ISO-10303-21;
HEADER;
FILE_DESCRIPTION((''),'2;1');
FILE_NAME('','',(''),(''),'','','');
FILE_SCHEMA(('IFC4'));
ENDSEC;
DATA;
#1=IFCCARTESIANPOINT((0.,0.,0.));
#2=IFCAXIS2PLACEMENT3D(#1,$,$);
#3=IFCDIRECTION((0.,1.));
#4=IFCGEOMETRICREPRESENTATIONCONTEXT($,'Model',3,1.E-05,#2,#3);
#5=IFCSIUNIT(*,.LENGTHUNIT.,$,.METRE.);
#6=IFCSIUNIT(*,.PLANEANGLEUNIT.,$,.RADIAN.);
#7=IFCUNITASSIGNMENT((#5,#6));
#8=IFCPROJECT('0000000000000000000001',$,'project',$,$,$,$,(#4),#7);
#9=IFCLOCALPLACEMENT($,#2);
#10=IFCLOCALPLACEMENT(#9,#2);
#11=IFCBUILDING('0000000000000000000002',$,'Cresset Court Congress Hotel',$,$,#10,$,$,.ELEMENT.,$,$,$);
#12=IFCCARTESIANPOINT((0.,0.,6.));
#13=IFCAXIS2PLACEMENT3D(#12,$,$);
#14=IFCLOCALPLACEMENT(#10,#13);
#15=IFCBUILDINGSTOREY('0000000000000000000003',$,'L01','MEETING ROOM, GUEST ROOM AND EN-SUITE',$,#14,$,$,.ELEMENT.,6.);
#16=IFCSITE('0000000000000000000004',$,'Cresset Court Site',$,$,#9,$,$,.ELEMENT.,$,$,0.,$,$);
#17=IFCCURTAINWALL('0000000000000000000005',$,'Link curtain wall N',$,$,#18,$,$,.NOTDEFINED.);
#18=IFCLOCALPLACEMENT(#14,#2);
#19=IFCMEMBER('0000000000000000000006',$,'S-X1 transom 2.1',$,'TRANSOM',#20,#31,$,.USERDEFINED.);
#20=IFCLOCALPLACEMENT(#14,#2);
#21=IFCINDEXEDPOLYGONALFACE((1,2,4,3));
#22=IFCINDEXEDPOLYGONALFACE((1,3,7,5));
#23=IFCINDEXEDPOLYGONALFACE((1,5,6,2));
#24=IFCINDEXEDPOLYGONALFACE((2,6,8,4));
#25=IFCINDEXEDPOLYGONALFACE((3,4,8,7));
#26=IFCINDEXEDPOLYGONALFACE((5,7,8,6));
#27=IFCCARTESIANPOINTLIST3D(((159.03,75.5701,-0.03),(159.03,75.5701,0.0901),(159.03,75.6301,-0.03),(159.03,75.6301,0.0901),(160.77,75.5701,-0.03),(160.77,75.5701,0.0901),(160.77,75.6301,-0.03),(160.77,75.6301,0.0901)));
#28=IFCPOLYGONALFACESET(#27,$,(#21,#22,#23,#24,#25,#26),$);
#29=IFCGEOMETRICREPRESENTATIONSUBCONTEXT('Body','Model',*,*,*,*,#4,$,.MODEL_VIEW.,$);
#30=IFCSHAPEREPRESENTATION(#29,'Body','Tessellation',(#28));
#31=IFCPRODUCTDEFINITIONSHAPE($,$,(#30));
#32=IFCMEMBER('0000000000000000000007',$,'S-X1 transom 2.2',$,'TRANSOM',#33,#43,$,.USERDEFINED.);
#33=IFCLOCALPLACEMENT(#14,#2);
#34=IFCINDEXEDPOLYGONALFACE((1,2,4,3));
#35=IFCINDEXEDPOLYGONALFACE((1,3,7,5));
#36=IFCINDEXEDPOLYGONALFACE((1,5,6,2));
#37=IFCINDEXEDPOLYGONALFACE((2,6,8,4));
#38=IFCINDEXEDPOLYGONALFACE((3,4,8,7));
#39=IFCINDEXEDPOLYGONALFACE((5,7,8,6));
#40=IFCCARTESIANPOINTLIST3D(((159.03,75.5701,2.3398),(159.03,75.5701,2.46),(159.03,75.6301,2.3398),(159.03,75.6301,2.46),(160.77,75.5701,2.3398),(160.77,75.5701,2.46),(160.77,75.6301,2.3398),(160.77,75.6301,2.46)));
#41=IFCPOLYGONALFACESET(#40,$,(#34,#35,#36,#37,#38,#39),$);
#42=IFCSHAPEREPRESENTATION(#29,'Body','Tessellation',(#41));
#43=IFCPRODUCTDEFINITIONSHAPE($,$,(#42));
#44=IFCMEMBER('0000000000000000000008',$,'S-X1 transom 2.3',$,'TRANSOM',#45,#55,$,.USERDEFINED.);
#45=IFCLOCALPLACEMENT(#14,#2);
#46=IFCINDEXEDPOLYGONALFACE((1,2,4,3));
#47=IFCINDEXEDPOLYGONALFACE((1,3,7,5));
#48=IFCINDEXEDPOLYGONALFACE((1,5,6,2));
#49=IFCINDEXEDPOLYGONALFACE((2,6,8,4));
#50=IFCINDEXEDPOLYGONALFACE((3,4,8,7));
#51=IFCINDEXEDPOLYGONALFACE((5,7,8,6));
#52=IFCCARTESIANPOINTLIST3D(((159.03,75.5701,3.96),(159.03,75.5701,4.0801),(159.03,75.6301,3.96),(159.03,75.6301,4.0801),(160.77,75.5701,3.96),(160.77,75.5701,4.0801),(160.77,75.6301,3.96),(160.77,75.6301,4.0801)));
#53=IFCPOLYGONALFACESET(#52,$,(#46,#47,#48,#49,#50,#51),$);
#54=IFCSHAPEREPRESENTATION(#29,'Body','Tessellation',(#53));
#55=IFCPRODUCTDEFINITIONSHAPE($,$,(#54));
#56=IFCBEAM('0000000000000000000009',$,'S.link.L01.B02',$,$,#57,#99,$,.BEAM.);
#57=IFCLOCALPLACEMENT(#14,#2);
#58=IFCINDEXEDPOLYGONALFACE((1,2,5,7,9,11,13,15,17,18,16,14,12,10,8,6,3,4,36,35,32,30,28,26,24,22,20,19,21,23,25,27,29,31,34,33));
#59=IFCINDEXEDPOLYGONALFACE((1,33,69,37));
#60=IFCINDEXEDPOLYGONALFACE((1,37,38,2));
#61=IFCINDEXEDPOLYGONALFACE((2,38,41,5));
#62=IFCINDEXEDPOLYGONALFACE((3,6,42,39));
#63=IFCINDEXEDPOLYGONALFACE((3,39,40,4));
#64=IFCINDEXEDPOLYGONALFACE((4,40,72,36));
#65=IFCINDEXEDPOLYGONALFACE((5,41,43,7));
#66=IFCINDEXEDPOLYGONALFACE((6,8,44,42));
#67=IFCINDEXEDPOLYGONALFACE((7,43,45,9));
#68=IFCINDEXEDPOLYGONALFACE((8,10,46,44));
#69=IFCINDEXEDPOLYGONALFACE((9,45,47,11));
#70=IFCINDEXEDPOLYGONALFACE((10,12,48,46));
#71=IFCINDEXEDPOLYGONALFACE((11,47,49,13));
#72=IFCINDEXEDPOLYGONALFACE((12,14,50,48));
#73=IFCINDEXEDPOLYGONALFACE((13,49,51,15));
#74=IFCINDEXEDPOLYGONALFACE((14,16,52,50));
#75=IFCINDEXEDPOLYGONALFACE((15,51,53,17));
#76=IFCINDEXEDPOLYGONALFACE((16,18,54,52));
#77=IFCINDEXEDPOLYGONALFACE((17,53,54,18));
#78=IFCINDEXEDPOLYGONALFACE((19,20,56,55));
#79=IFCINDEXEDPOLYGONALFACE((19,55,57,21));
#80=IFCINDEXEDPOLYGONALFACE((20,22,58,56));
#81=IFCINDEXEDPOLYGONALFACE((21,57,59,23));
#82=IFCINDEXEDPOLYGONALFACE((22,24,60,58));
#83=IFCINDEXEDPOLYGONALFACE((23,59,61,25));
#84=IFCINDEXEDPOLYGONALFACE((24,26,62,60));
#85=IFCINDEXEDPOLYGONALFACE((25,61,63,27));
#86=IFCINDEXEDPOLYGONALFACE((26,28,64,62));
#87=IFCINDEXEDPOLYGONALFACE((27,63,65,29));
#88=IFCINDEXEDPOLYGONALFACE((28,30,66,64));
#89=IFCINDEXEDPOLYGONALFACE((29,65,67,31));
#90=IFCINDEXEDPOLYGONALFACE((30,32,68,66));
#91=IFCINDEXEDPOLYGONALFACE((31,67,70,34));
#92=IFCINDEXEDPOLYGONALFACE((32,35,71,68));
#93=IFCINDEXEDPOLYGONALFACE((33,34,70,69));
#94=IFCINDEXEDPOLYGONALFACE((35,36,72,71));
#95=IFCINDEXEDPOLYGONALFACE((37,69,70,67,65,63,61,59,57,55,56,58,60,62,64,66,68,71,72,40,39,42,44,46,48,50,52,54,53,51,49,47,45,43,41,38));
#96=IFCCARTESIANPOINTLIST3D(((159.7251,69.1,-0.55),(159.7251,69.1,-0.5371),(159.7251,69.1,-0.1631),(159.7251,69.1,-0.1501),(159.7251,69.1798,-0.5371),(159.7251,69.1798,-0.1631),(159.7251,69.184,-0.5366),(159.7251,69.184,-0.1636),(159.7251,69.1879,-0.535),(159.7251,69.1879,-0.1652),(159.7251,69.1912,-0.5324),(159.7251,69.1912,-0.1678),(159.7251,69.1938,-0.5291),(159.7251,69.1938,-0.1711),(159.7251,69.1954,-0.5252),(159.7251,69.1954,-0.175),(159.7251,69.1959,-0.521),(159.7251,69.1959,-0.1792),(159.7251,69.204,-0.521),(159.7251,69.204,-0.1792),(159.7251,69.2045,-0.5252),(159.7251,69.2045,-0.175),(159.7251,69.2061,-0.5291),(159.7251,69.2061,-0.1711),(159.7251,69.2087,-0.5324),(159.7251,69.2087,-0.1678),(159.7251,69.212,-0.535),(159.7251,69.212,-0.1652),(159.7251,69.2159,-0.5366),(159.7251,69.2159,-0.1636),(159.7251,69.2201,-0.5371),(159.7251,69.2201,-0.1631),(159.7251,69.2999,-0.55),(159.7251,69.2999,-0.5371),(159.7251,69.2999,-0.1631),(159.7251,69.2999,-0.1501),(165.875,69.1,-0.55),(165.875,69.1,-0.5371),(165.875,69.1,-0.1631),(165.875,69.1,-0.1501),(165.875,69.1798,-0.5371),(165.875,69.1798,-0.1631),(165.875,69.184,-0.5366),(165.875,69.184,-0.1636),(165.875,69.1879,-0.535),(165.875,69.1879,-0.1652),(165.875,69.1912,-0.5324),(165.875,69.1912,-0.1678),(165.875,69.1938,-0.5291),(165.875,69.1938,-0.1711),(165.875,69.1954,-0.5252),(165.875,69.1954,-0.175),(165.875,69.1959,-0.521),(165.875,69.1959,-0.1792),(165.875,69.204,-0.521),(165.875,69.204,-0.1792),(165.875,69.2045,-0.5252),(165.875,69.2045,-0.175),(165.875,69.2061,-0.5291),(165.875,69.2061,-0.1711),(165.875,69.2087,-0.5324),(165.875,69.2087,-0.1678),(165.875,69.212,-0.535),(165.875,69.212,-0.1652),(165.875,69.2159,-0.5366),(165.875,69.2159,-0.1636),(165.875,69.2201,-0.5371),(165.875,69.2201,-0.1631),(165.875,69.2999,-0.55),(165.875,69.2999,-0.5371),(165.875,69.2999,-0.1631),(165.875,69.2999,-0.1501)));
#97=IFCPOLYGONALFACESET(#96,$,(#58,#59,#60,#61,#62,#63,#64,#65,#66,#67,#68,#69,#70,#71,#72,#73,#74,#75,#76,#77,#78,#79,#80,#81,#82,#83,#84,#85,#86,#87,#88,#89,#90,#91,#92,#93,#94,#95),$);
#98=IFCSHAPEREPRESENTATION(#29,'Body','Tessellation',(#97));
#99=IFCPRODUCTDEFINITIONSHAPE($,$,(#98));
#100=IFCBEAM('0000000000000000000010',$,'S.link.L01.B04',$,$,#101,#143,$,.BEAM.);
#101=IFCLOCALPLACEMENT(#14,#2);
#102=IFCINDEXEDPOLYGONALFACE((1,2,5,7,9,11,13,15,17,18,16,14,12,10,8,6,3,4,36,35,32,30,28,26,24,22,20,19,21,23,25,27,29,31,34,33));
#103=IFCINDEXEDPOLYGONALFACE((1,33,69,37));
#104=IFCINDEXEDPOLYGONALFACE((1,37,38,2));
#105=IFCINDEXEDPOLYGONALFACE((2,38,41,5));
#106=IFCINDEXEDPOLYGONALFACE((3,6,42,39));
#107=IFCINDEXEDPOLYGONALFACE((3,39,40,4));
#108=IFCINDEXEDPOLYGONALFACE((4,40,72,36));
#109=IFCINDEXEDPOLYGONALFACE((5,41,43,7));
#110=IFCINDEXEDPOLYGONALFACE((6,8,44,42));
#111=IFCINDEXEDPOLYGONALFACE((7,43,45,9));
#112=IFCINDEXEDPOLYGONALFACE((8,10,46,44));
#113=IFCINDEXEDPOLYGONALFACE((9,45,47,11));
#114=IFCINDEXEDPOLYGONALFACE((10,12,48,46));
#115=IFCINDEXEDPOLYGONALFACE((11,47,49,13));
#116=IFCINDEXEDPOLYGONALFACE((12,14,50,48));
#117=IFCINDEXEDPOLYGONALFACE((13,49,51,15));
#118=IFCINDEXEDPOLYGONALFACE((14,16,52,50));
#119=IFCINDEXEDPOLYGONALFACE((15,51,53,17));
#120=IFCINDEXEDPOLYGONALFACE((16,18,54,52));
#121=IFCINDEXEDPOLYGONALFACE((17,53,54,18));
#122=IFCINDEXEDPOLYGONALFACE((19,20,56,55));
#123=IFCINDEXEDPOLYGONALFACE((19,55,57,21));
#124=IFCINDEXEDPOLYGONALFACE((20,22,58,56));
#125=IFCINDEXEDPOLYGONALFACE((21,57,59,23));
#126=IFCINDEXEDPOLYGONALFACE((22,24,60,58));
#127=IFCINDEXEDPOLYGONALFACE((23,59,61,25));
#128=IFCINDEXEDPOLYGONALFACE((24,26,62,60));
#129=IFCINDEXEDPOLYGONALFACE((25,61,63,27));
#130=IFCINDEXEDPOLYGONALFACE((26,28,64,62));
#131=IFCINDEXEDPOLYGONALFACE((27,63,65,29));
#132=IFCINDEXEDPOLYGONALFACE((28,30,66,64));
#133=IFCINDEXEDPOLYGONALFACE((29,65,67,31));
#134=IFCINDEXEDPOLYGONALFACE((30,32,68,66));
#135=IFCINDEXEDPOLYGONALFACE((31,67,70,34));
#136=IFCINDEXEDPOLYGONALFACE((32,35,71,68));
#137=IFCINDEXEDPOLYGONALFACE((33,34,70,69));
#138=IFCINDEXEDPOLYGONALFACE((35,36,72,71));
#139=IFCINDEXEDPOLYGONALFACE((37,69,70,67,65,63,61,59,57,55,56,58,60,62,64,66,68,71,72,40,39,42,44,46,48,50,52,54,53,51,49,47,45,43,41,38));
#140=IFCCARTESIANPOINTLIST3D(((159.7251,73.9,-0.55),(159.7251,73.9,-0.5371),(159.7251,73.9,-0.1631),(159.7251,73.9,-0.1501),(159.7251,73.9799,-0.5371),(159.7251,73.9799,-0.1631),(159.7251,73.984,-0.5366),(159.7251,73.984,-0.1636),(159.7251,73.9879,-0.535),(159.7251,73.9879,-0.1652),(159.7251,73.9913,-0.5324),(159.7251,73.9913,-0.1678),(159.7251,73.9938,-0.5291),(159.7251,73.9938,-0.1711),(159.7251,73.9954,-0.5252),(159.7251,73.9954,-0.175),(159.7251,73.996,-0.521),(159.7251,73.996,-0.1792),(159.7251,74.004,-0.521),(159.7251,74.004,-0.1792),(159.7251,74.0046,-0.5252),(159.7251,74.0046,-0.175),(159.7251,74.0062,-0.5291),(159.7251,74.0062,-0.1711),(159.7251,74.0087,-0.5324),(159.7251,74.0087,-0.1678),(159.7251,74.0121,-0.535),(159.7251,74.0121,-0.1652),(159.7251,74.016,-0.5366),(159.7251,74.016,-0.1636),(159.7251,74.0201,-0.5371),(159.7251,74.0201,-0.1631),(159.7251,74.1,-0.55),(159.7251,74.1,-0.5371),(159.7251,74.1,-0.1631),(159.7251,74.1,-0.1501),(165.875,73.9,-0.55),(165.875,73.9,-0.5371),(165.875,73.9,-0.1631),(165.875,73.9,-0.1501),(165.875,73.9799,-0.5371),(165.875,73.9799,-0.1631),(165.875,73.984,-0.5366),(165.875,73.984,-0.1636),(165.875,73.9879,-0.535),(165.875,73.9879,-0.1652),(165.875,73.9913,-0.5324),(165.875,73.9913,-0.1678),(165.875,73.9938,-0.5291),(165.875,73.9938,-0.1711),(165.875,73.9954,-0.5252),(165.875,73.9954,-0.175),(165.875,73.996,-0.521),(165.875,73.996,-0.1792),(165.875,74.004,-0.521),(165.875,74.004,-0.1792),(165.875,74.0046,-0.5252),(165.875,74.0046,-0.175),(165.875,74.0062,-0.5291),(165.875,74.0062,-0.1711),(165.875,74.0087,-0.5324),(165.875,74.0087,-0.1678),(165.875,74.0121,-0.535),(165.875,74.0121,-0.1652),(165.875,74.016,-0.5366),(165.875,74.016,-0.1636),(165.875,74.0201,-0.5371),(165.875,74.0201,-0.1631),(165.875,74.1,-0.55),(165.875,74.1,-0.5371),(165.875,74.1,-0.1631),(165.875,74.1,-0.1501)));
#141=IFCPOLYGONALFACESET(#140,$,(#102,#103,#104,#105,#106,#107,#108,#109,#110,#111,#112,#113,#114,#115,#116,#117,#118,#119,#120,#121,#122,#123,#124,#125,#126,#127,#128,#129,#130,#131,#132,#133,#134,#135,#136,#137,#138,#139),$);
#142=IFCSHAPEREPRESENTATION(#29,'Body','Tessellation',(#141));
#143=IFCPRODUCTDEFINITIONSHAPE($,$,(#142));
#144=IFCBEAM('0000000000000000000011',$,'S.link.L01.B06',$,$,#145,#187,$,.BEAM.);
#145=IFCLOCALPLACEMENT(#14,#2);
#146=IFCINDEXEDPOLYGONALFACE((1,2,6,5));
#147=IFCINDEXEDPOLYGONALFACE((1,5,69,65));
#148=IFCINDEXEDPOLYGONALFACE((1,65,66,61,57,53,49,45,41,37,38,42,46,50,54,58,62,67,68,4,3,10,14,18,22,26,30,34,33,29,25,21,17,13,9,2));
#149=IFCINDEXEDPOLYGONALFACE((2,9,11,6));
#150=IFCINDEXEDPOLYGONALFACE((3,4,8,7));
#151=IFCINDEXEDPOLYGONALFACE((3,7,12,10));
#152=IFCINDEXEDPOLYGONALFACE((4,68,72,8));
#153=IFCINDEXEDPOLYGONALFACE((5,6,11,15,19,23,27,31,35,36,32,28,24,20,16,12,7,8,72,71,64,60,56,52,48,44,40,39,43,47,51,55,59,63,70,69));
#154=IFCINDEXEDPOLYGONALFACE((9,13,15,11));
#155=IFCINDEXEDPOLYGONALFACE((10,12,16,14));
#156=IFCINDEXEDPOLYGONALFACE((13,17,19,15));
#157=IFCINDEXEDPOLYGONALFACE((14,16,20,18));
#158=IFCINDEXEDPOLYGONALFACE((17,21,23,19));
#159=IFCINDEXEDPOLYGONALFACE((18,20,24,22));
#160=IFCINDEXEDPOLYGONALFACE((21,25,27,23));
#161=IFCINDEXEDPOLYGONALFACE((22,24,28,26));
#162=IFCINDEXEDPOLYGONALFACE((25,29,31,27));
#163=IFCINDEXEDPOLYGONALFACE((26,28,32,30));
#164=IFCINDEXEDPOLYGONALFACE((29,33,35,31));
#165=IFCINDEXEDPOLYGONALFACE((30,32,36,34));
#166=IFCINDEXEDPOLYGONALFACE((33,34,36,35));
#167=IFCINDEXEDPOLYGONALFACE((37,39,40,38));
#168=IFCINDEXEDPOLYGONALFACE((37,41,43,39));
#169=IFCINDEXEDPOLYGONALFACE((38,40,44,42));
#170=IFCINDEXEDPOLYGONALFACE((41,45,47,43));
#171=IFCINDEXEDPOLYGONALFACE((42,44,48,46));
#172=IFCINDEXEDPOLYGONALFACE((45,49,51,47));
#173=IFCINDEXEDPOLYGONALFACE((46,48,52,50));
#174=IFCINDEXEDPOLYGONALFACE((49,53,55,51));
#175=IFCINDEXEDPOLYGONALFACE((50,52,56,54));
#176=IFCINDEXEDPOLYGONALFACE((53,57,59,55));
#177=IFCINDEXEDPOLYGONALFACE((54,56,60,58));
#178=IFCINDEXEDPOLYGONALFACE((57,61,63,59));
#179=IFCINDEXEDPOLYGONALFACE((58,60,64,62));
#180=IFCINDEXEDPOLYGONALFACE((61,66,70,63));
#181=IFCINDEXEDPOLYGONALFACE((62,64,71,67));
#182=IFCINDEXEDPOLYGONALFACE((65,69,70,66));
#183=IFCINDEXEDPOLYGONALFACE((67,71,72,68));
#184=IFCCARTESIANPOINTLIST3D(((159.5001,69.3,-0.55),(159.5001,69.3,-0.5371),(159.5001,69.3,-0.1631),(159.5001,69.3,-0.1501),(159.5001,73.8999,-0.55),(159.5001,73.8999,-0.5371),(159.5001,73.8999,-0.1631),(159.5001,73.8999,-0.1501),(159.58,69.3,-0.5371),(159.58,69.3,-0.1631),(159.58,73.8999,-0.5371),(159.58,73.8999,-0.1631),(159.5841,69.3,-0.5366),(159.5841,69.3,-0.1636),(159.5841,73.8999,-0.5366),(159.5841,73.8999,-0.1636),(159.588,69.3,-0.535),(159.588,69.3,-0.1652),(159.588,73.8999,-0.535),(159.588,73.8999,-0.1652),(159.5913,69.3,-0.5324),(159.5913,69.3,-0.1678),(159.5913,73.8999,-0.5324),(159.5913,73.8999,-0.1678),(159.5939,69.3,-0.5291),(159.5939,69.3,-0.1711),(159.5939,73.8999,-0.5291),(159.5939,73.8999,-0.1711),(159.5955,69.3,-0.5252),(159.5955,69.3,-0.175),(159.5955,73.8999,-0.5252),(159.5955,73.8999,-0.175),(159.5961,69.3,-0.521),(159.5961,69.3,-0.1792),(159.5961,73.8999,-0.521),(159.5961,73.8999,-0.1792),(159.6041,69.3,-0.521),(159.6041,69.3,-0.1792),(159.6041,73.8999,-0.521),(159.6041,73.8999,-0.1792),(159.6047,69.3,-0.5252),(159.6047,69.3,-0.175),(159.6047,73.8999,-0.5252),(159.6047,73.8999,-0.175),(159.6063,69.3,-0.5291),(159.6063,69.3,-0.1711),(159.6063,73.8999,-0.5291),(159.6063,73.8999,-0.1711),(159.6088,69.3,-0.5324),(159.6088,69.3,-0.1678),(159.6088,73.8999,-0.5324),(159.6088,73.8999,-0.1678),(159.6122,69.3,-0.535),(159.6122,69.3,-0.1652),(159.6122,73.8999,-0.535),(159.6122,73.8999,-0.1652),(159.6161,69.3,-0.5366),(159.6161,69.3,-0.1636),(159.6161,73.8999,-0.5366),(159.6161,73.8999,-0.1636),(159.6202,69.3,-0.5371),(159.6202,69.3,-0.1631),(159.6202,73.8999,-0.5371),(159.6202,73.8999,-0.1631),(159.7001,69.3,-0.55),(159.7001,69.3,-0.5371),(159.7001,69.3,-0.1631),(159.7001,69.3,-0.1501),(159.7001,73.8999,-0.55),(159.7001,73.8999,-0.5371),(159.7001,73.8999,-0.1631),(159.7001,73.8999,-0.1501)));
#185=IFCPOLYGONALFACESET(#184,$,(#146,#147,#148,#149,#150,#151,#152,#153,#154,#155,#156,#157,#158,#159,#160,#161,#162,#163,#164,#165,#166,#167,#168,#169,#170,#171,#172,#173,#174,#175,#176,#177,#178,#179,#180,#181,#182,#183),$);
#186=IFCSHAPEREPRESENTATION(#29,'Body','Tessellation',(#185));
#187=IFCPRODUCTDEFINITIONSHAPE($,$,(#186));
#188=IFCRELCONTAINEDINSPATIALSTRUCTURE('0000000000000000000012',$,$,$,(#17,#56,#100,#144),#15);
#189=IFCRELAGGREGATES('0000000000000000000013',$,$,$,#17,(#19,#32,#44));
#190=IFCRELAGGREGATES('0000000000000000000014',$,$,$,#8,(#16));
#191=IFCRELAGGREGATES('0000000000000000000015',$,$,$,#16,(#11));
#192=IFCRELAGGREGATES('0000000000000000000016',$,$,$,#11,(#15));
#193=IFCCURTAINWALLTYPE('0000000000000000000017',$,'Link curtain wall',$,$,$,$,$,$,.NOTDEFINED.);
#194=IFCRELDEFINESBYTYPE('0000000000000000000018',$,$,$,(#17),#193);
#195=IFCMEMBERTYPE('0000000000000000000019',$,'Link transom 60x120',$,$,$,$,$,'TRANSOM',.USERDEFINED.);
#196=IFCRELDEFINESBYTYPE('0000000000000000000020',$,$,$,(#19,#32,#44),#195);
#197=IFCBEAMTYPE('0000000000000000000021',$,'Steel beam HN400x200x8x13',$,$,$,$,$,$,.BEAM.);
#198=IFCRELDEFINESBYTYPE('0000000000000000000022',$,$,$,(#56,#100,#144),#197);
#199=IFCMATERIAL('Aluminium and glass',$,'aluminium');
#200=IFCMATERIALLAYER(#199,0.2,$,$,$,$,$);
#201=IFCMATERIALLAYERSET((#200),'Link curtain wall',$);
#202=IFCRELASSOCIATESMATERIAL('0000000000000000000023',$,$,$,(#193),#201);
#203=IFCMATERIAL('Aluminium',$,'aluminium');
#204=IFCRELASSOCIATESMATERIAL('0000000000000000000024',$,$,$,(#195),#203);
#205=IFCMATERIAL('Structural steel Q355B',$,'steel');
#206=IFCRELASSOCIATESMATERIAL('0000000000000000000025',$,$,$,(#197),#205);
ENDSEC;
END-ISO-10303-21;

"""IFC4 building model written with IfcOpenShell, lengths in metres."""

from ifc_helpers import new_model, si_unit, direction, frame, origin, origin_2d, place, context, subcontext, project, spatial, rectangle, i_section, extrude, material, layer, layer_set, material_profile, profile_set, type_object, element, aggregate, save


model = new_model("IFC4")

# Units and contexts
model_context = context("Model", 3, precision=1e-05, world=origin(), true_north=direction((0.0, 1.0)))
body_context = subcontext(model_context, "Body", "Model", "MODEL_VIEW")
ifc_project = project(units=[si_unit("LENGTHUNIT", "METRE"), si_unit("PLANEANGLEUNIT", "RADIAN")], contexts=[model_context])

# Site, building, storey
site_placement = place(None, origin())
site = spatial("IfcSite", under=ifc_project, at=site_placement, Name="Cresset Court Site", CompositionType="ELEMENT", RefElevation=0.0)
building_placement = place(site_placement, origin())
building = spatial("IfcBuilding", under=site, at=building_placement, Name="Cresset Court Congress Hotel", CompositionType="ELEMENT")
storey_placement = place(building_placement, frame((0.0, 0.0, 6.0)))
storey = spatial("IfcBuildingStorey", under=building, at=storey_placement, Name="L01", Description="MEETING ROOM, GUEST ROOM AND EN-SUITE", CompositionType="ELEMENT", Elevation=6.0)

# Curtain wall, members
ifc_material_1 = material(Name="Aluminium and glass", Category="aluminium")
ifc_layer_1 = layer(ifc_material_1, 0.2)
ifc_layer_set_1 = layer_set([ifc_layer_1], Name="Link curtain wall")
curtain_wall_type = type_object("IfcCurtainWallType", Name="Link curtain wall", PredefinedType="NOTDEFINED", material=ifc_layer_set_1)
curtain_wall_placement = place(storey_placement, origin())
curtain_wall = element("IfcCurtainWall", 1, at=curtain_wall_placement, inside=storey, type_object=curtain_wall_type, Name="Link curtain wall N", PredefinedType="NOTDEFINED")
ifc_material_2 = material(Name="Aluminium", Category="aluminium")
ifc_material_profile_1 = material_profile(ifc_material_2, rectangle(XDim=0.0601, YDim=0.1201, at=origin_2d()), Name="Transom 60x120")
ifc_profile_set_1 = profile_set([ifc_material_profile_1], Name="Aluminium")
member_type_1 = type_object("IfcMemberType", Name="Link transom 60x120", ElementType="TRANSOM", PredefinedType="USERDEFINED", material=ifc_profile_set_1)
member_1_placement = place(storey_placement, frame((159.03, 75.6001, 0.03), z_axis=(1.0, 0.0, 0.0), x_axis=(0.0, 1.0, 0.0)))
member_1 = element("IfcMember", 2, at=member_1_placement, type_object=member_type_1, Name="S-X1 transom 2.1", ObjectType="TRANSOM", PredefinedType="USERDEFINED", context=body_context, shape_type="SweptSolid", body=[
    extrude(rectangle(XDim=0.0601, YDim=0.1201, at=origin_2d()), origin(), (0.0, 0.0, 1.0), 1.74),
])
member_2_placement = place(storey_placement, frame((159.03, 75.6001, 2.3999), z_axis=(1.0, 0.0, 0.0), x_axis=(0.0, 1.0, 0.0)))
member_2 = element("IfcMember", 3, at=member_2_placement, type_object=member_type_1, Name="S-X1 transom 2.2", ObjectType="TRANSOM", PredefinedType="USERDEFINED", context=body_context, shape_type="SweptSolid", body=[
    extrude(rectangle(XDim=0.0601, YDim=0.1201, at=origin_2d()), origin(), (0.0, 0.0, 1.0), 1.74),
])
member_3_placement = place(storey_placement, frame((159.03, 75.6001, 4.02), z_axis=(1.0, 0.0, 0.0), x_axis=(0.0, 1.0, 0.0)))
member_3 = element("IfcMember", 4, at=member_3_placement, type_object=member_type_1, Name="S-X1 transom 2.3", ObjectType="TRANSOM", PredefinedType="USERDEFINED", context=body_context, shape_type="SweptSolid", body=[
    extrude(rectangle(XDim=0.0601, YDim=0.1201, at=origin_2d()), origin(), (0.0, 0.0, 1.0), 1.74),
])

# Beams
ifc_material_3 = material(Name="Structural steel Q355B", Category="steel")
ifc_material_profile_2 = material_profile(ifc_material_3, i_section(OverallWidth=0.2, OverallDepth=0.3999, WebThickness=0.0081, FlangeThickness=0.0129, FilletRadius=0.0161, at=origin_2d()), Name="HN400x200x8x13")
ifc_profile_set_2 = profile_set([ifc_material_profile_2], Name="Structural steel Q355B")
beam_type = type_object("IfcBeamType", Name="Steel beam HN400x200x8x13", PredefinedType="BEAM", material=ifc_profile_set_2)
for number, where, z_axis, x_axis, name in (
    (5, (159.7251, 69.2, -0.3501), (1.0, 0.0, 0.0), (0.0, 1.0, 0.0), "S.link.L01.B02"),
    (6, (159.7251, 74.0, -0.3501), (1.0, 0.0, 0.0), (0.0, 1.0, 0.0), "S.link.L01.B04"),
):
    element("IfcBeam", number, at=place(storey_placement, frame(where, z_axis=z_axis, x_axis=x_axis)), inside=storey, type_object=beam_type, Name=name, PredefinedType="BEAM", context=body_context, shape_type="SweptSolid", body=[
        extrude(i_section(OverallWidth=0.2, OverallDepth=0.3999, WebThickness=0.0081, FlangeThickness=0.0129, FilletRadius=0.0161, at=origin_2d()), origin(), (0.0, 0.0, 1.0), 6.1499),
    ])
for number, where, z_axis, x_axis, name in (
    (7, (159.6001, 69.3, -0.3501), (0.0, 1.0, 0.0), (-1.0, 0.0, 0.0), "S.link.L01.B06"),
):
    element("IfcBeam", number, at=place(storey_placement, frame(where, z_axis=z_axis, x_axis=x_axis)), inside=storey, type_object=beam_type, Name=name, PredefinedType="BEAM", context=body_context, shape_type="SweptSolid", body=[
        extrude(i_section(OverallWidth=0.2, OverallDepth=0.3999, WebThickness=0.0081, FlangeThickness=0.0129, FilletRadius=0.0161, at=origin_2d()), origin(), (0.0, 0.0, 1.0), 4.5999),
    ])

aggregate(curtain_wall, [member_1, member_2, member_3])

save(model, "model.ifc")
